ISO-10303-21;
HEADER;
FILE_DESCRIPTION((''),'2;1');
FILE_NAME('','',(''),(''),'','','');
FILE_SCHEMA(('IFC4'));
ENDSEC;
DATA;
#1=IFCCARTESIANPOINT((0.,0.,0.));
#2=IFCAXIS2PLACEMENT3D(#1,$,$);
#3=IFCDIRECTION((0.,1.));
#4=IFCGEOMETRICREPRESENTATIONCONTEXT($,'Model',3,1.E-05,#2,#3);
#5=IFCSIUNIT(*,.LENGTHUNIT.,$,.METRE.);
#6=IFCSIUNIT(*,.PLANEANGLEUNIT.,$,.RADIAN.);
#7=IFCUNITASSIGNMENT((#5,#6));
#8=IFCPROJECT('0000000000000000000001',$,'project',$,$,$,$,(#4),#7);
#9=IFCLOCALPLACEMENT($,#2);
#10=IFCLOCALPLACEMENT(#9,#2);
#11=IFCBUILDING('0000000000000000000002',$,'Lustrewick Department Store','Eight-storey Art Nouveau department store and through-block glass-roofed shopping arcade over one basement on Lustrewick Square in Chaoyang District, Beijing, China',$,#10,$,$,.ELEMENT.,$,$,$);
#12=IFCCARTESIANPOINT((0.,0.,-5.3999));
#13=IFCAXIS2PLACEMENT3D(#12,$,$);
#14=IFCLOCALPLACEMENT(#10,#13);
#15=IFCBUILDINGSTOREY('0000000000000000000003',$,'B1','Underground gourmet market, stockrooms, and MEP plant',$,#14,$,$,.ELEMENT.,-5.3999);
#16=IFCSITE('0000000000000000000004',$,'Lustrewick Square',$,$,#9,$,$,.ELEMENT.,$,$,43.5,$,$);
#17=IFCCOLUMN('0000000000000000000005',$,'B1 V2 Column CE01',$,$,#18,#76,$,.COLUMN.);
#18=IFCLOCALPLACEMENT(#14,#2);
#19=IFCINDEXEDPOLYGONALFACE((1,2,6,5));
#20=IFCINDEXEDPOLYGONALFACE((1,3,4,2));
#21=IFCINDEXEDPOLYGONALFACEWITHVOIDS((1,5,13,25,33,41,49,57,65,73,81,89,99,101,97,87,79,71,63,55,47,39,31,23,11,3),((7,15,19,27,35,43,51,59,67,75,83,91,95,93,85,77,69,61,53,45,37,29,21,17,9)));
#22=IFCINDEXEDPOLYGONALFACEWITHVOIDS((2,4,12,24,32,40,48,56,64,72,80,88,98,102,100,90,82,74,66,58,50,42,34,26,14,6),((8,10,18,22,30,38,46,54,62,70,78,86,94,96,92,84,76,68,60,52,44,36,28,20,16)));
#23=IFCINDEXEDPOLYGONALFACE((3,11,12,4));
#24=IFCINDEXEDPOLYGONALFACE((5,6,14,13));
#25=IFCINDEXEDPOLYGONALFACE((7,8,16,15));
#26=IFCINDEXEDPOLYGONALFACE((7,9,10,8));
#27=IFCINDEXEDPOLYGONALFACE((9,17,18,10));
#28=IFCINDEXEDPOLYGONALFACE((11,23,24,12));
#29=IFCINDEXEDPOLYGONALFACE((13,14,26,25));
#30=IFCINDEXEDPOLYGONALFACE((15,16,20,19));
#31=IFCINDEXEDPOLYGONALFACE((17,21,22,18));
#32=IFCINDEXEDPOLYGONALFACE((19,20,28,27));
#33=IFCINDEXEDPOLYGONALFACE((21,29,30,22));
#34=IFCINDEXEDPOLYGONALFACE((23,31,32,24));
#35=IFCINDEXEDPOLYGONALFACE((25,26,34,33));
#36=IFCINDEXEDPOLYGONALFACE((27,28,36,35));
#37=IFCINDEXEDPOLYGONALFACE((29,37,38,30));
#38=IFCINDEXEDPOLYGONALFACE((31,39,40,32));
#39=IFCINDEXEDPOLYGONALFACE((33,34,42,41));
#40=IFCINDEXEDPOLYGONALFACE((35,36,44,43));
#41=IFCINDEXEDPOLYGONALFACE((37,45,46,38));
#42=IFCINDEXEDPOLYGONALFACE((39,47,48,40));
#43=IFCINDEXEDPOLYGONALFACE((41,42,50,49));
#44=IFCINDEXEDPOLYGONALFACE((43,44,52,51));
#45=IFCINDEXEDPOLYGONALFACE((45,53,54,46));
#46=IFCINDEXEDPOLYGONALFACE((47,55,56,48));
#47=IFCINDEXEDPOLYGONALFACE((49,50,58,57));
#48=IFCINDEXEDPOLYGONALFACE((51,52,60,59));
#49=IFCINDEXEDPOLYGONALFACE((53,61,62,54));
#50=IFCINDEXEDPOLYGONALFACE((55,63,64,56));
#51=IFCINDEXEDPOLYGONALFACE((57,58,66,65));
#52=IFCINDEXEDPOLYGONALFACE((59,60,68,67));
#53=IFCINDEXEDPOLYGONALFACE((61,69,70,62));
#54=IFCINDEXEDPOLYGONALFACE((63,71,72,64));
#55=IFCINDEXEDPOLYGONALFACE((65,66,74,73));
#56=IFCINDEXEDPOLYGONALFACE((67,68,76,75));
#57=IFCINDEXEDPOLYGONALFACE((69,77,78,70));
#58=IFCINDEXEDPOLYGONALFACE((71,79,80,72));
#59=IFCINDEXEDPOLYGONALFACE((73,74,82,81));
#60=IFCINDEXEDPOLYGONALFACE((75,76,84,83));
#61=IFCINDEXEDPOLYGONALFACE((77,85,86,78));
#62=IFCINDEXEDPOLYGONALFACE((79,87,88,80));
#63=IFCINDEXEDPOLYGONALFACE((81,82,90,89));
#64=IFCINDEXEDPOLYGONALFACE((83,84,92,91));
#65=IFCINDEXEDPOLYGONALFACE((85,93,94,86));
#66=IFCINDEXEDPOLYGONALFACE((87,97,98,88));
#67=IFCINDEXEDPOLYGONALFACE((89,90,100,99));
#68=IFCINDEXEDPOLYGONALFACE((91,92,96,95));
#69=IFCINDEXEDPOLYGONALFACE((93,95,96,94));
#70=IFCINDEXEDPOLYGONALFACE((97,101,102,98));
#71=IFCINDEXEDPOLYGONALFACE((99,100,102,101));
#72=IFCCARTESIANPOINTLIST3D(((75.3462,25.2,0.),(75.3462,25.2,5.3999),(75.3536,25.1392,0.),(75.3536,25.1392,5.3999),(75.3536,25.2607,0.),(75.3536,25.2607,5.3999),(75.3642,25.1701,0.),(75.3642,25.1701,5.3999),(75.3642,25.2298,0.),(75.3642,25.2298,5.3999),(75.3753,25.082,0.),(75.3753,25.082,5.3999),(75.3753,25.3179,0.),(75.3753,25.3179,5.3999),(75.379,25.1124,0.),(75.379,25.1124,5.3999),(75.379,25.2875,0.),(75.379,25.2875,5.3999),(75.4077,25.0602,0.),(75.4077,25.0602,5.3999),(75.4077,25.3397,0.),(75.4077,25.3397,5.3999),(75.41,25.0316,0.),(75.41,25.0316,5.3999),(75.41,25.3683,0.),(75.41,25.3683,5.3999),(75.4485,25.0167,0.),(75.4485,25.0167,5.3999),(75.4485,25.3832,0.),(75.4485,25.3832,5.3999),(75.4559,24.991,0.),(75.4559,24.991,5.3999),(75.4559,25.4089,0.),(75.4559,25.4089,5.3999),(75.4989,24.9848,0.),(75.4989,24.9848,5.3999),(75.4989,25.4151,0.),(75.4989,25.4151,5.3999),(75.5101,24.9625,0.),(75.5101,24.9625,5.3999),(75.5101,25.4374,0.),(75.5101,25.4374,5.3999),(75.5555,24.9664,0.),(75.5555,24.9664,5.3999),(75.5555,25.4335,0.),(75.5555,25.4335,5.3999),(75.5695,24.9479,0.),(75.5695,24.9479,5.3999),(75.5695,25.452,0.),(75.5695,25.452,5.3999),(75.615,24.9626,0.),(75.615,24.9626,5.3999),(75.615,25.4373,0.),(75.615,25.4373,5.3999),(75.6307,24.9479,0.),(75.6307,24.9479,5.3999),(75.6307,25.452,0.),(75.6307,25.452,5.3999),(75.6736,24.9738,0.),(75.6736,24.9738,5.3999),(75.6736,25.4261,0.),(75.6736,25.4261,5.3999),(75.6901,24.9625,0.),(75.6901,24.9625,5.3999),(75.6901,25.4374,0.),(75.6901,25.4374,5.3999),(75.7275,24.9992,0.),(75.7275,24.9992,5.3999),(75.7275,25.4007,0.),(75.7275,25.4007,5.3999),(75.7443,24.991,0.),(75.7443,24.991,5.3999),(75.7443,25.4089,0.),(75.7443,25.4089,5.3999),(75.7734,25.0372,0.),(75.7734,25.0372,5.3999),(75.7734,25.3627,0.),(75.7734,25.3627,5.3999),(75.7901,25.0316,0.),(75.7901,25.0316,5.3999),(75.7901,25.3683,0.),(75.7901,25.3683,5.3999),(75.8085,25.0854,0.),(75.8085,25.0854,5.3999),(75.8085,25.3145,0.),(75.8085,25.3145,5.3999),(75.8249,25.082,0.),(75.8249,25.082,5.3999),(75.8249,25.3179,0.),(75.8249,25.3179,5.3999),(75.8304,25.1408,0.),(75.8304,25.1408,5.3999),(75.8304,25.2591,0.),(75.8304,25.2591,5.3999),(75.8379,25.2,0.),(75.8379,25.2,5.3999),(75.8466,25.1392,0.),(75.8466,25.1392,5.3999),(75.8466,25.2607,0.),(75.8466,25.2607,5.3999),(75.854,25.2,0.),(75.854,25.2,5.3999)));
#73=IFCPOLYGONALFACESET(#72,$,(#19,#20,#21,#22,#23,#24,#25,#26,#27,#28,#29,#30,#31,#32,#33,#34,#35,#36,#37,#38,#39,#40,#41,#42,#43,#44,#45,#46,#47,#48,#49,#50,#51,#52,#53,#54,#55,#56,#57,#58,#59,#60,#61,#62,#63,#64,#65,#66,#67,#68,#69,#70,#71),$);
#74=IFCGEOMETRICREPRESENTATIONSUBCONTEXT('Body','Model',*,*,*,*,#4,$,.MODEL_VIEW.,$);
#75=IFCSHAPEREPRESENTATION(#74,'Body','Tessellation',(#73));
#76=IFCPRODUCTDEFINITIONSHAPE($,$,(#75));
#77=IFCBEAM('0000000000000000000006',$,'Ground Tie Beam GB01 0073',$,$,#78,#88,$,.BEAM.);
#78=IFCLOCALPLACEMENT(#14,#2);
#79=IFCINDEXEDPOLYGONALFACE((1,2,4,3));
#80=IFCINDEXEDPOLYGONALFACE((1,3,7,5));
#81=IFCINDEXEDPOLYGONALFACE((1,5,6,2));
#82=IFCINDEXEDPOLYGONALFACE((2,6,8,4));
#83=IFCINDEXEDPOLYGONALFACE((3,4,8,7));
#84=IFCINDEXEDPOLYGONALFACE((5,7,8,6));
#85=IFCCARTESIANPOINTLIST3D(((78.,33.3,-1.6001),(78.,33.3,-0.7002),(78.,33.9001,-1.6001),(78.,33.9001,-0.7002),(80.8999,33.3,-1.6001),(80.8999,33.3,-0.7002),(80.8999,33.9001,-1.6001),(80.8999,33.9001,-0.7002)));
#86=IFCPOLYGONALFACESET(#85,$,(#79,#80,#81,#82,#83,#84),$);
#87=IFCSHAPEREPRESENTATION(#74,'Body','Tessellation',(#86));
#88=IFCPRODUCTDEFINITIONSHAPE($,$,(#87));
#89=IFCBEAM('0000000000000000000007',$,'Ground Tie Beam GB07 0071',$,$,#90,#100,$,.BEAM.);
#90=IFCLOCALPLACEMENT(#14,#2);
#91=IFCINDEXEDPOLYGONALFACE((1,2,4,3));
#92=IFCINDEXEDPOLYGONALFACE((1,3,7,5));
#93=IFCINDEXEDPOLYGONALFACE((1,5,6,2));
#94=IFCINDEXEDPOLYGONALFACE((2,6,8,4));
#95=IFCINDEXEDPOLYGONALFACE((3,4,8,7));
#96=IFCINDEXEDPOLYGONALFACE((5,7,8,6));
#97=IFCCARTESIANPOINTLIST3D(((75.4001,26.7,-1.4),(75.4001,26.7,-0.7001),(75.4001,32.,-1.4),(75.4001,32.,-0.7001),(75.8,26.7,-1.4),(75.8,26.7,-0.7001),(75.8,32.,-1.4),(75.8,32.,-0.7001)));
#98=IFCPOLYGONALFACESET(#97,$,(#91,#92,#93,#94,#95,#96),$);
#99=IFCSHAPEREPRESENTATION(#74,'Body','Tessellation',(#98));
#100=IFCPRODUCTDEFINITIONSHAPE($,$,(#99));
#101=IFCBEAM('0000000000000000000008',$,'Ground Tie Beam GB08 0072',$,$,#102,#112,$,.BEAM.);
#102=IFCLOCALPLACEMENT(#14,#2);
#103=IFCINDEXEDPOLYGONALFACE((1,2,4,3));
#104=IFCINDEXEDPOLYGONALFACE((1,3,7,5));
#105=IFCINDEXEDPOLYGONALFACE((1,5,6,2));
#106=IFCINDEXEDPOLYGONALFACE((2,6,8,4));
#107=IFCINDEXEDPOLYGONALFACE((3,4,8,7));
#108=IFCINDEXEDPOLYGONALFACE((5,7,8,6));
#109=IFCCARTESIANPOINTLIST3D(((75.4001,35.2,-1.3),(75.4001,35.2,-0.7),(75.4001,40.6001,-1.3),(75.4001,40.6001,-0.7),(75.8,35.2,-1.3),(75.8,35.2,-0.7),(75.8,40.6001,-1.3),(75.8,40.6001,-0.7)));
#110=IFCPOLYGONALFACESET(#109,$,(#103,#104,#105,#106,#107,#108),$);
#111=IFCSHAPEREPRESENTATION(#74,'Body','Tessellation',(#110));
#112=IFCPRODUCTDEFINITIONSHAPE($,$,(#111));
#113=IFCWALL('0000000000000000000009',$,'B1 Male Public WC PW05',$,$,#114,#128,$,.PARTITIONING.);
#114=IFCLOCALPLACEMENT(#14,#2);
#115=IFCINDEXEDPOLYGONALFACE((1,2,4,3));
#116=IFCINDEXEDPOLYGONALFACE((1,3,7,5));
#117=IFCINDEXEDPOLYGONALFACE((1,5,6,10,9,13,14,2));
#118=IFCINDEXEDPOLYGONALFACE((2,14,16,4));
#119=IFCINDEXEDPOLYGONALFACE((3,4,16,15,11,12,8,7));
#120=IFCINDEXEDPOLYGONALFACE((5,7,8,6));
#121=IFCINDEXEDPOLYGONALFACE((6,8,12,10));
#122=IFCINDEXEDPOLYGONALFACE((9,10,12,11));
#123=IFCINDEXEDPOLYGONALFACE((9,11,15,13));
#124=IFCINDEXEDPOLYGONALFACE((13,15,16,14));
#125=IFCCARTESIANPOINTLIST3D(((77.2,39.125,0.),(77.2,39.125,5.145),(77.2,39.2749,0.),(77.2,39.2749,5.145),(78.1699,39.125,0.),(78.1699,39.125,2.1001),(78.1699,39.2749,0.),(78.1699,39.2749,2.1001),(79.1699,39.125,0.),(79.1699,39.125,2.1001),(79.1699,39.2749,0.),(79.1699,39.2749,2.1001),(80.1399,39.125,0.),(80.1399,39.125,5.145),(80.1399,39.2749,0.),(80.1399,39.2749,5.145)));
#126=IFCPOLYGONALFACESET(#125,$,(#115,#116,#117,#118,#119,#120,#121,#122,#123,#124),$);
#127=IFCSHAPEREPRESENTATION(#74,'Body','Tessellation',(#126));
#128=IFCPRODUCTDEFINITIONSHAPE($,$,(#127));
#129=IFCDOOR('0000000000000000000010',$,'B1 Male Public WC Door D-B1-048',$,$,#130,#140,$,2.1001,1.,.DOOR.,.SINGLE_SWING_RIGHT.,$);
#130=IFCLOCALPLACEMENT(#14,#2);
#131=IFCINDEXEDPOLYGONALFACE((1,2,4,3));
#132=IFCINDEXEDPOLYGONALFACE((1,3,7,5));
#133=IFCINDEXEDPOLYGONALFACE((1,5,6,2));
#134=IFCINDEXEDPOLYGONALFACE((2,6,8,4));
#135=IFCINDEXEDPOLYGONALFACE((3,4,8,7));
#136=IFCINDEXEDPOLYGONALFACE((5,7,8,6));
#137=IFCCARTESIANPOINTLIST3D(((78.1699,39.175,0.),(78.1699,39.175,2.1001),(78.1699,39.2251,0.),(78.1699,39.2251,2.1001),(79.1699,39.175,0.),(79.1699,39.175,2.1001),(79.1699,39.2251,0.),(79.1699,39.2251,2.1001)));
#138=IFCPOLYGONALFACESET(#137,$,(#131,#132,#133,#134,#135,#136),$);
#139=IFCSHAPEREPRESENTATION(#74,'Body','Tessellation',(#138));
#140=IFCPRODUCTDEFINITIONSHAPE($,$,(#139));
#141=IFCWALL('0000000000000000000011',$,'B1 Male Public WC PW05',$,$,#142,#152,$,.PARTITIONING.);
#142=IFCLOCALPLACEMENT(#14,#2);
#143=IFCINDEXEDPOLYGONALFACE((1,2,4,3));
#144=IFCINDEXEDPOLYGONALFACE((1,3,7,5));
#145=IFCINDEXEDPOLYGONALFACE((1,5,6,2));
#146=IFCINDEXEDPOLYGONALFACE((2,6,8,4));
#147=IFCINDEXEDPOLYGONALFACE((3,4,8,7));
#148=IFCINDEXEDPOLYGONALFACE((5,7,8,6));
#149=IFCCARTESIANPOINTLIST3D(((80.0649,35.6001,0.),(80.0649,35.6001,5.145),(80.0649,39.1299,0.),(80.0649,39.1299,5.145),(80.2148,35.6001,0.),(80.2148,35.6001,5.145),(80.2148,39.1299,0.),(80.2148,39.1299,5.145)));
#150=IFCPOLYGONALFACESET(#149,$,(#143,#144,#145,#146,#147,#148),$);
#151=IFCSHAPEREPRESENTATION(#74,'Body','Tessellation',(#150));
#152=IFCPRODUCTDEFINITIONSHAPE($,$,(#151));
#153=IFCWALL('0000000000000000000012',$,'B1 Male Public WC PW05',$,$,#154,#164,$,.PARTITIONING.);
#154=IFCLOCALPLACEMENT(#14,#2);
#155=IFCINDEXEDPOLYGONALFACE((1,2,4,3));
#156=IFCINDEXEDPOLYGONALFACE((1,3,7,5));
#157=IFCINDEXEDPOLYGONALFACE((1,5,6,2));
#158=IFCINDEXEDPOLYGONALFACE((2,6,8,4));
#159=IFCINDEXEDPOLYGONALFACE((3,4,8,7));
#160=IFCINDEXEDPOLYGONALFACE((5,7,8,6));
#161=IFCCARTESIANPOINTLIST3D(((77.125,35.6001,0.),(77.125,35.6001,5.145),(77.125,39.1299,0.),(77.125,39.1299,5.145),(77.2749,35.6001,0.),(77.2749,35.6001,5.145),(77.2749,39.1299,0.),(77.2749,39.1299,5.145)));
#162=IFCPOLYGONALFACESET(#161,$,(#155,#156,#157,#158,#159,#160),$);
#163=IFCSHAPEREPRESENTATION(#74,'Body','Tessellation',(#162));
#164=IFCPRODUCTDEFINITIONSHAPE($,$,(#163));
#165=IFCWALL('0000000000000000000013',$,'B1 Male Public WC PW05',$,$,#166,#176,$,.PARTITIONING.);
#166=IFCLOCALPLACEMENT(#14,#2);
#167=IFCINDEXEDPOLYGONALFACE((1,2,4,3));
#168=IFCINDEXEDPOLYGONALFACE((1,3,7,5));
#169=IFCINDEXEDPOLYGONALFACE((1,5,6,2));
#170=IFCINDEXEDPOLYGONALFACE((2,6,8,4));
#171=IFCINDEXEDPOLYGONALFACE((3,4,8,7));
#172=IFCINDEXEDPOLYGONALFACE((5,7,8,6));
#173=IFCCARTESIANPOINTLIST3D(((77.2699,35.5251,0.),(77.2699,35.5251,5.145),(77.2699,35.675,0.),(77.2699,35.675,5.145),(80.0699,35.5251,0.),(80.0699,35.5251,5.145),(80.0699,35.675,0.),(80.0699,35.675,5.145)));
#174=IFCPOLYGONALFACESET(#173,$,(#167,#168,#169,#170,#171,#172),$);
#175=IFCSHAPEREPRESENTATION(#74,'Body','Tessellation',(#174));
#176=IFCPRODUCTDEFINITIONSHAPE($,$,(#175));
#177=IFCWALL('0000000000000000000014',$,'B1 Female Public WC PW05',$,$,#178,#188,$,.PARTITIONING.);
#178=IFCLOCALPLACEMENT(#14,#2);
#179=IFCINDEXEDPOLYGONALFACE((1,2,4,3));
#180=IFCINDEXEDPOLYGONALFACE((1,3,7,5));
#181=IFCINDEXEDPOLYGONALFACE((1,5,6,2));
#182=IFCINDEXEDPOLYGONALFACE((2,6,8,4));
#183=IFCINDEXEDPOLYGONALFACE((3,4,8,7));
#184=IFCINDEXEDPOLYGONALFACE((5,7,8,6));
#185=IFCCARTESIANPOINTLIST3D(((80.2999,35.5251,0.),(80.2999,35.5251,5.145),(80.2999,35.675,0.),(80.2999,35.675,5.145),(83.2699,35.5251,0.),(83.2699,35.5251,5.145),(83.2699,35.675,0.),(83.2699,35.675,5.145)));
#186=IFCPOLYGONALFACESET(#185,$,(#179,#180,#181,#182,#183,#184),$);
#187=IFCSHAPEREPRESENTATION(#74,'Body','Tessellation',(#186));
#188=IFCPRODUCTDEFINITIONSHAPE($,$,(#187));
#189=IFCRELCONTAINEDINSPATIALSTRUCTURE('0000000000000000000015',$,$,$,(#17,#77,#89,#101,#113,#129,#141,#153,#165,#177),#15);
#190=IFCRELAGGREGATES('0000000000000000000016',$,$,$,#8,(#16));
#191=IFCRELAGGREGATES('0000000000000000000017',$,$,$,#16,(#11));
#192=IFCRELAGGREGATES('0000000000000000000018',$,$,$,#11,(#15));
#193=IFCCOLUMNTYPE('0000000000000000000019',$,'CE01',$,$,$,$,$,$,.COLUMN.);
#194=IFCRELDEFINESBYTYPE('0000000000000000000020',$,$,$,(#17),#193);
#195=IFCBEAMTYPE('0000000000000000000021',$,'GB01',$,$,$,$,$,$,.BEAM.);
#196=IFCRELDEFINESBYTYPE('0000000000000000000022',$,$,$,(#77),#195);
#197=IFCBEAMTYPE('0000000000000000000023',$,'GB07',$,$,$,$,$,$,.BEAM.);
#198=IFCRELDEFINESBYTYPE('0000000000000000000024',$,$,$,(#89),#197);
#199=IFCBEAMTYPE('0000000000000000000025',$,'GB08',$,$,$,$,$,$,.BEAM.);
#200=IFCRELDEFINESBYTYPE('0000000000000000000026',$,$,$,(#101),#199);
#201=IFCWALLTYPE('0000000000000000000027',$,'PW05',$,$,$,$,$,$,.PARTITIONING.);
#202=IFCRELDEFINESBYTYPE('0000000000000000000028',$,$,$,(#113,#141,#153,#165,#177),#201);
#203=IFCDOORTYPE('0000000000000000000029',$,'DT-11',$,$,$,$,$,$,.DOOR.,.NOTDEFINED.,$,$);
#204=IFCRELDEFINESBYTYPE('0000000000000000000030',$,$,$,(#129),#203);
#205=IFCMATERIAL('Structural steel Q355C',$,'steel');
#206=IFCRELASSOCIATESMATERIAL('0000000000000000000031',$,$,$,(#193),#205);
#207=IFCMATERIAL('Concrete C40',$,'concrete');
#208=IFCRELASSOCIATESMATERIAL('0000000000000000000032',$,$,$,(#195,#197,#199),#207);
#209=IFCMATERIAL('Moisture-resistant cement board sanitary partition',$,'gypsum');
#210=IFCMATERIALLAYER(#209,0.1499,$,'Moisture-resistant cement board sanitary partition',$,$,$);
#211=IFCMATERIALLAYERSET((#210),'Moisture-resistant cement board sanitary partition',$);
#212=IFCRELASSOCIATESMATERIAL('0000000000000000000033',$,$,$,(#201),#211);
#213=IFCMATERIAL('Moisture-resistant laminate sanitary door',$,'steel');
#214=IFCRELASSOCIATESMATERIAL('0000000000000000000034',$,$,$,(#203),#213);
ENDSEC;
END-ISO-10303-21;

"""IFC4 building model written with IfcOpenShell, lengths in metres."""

from ifc_helpers import new_model, si_unit, direction, frame, frame_2d, origin, origin_2d, place, context, subcontext, project, spatial, rectangle, hollow_circle, extrude, material, layer, layer_set, material_profile, profile_set, type_object, element, fill, save


model = new_model("IFC4")

# Units and contexts
model_context = context("Model", 3, precision=1e-05, world=origin(), true_north=direction((0.0, 1.0)))
body_context = subcontext(model_context, "Body", "Model", "MODEL_VIEW")
ifc_project = project(units=[si_unit("LENGTHUNIT", "METRE"), si_unit("PLANEANGLEUNIT", "RADIAN")], contexts=[model_context])

# Site, building, storey
site_placement = place(None, origin())
site = spatial("IfcSite", under=ifc_project, at=site_placement, Name="Lustrewick Square", CompositionType="ELEMENT", RefElevation=43.5)
building_placement = place(site_placement, origin())
building = spatial("IfcBuilding", under=site, at=building_placement, Name="Lustrewick Department Store", Description="Eight-storey Art Nouveau department store and through-block glass-roofed shopping arcade over one basement on Lustrewick Square in Chaoyang District, Beijing, China", CompositionType="ELEMENT")
storey_placement = place(building_placement, frame((0.0, 0.0, -5.3999)))
storey = spatial("IfcBuildingStorey", under=building, at=storey_placement, Name="B1", Description="Underground gourmet market, stockrooms, and MEP plant", CompositionType="ELEMENT", Elevation=-5.3999)

# Shared definitions
ifc_material_1 = material(Name="Concrete C40", Category="concrete")

# Column
ifc_material_2 = material(Name="Structural steel Q355C", Category="steel")
ifc_material_profile_1 = material_profile(ifc_material_2, hollow_circle(Radius=0.2539, WallThickness=0.0161, at=origin_2d()), Name="CHS 508x16")
ifc_profile_set_1 = profile_set([ifc_material_profile_1], Name="Structural steel Q355C")
column_type_1 = type_object("IfcColumnType", Name="CE01", PredefinedType="COLUMN", material=ifc_profile_set_1)
column_1_placement = place(storey_placement, frame((75.6001, 25.2, 0.0), z_axis=(0.0, 0.0, 1.0), x_axis=(1.0, 0.0, 0.0)))
element("IfcColumn", 1, at=column_1_placement, inside=storey, type_object=column_type_1, Name="B1 V2 Column CE01", PredefinedType="COLUMN", context=body_context, shape_type="SweptSolid", body=[
    extrude(hollow_circle(Radius=0.2539, WallThickness=0.0161, at=origin_2d()), origin(), (0.0, 0.0, 1.0), 5.3999),
])

# Beams
ifc_material_profile_2 = material_profile(ifc_material_1, rectangle(XDim=0.6001, YDim=0.8999, at=origin_2d()), Name="RC 600x900")
ifc_profile_set_2 = profile_set([ifc_material_profile_2], Name="Concrete C40")
beam_type_1 = type_object("IfcBeamType", Name="GB01", PredefinedType="BEAM", material=ifc_profile_set_2)
beam_1_placement = place(storey_placement, frame((78.0, 33.6001, -1.1501), z_axis=(1.0, 0.0, 0.0), x_axis=(0.0, 1.0, 0.0)))
element("IfcBeam", 2, at=beam_1_placement, inside=storey, type_object=beam_type_1, Name="Ground Tie Beam GB01 0073", PredefinedType="BEAM", context=body_context, shape_type="SweptSolid", body=[
    extrude(rectangle(XDim=0.6001, YDim=0.8999, at=origin_2d()), origin(), (0.0, 0.0, 1.0), 2.8999),
])
ifc_material_profile_3 = material_profile(ifc_material_1, rectangle(XDim=0.3999, YDim=0.7, at=origin_2d()), Name="RC 400x700")
ifc_profile_set_3 = profile_set([ifc_material_profile_3], Name="Concrete C40")
beam_type_2 = type_object("IfcBeamType", Name="GB07", PredefinedType="BEAM", material=ifc_profile_set_3)
beam_2_placement = place(storey_placement, frame((75.6001, 26.7, -1.05), z_axis=(0.0, 1.0, 0.0), x_axis=(-1.0, 0.0, 0.0)))
element("IfcBeam", 3, at=beam_2_placement, inside=storey, type_object=beam_type_2, Name="Ground Tie Beam GB07 0071", PredefinedType="BEAM", context=body_context, shape_type="SweptSolid", body=[
    extrude(rectangle(XDim=0.3999, YDim=0.7, at=origin_2d()), origin(), (0.0, 0.0, 1.0), 5.3),
])
ifc_material_profile_4 = material_profile(ifc_material_1, rectangle(XDim=0.3999, YDim=0.6001, at=origin_2d()), Name="RC 400x600")
ifc_profile_set_4 = profile_set([ifc_material_profile_4], Name="Concrete C40")
beam_type_3 = type_object("IfcBeamType", Name="GB08", PredefinedType="BEAM", material=ifc_profile_set_4)
beam_3_placement = place(storey_placement, frame((75.6001, 35.2, -1.0), z_axis=(0.0, 1.0, 0.0), x_axis=(-1.0, 0.0, 0.0)))
element("IfcBeam", 4, at=beam_3_placement, inside=storey, type_object=beam_type_3, Name="Ground Tie Beam GB08 0072", PredefinedType="BEAM", context=body_context, shape_type="SweptSolid", body=[
    extrude(rectangle(XDim=0.3999, YDim=0.6001, at=origin_2d()), origin(), (0.0, 0.0, 1.0), 5.4001),
])

# Wall, opening, door
ifc_material_3 = material(Name="Moisture-resistant cement board sanitary partition", Category="gypsum")
ifc_layer_1 = layer(ifc_material_3, 0.1499, Name="Moisture-resistant cement board sanitary partition")
ifc_layer_set_1 = layer_set([ifc_layer_1], Name="Moisture-resistant cement board sanitary partition")
wall_type_1 = type_object("IfcWallType", Name="PW05", PredefinedType="PARTITIONING", material=ifc_layer_set_1)
wall_1_placement = place(storey_placement, frame((80.1399, 39.2, 0.0), z_axis=(0.0, 0.0, 1.0), x_axis=(-1.0, 0.0, 0.0)))
wall_1 = element("IfcWall", 5, at=wall_1_placement, inside=storey, type_object=wall_type_1, Name="B1 Male Public WC PW05", PredefinedType="PARTITIONING", context=body_context, shape_type="SweptSolid", body=[
    extrude(rectangle(XDim=2.9399, YDim=0.1499, at=frame_2d((1.47, 0.0))), origin(), (0.0, 0.0, 1.0), 5.145),
])
opening_placement = place(wall_1_placement, frame((0.97, 0.0, 0.0)))
opening = element("IfcOpeningElement", 6, at=opening_placement, cuts=wall_1, PredefinedType="OPENING", context=body_context, shape_type="SweptSolid", body=[
    extrude(rectangle(XDim=1.0, YDim=2.1001, at=frame_2d((0.5, 1.05))), frame((0.0, 0.085, 0.0), z_axis=(0.0, -1.0, 0.0), x_axis=(1.0, 0.0, 0.0)), (0.0, 0.0, 1.0), 0.1699),
])
ifc_material_4 = material(Name="Moisture-resistant laminate sanitary door", Category="steel")
door_type = type_object("IfcDoorType", Name="DT-11", OperationType="NOTDEFINED", PredefinedType="DOOR", material=ifc_material_4)
door_placement = place(opening_placement, origin())
door = element("IfcDoor", 7, at=door_placement, inside=storey, type_object=door_type, Name="B1 Male Public WC Door D-B1-048", OperationType="SINGLE_SWING_RIGHT", OverallHeight=2.1001, OverallWidth=1.0, PredefinedType="DOOR", context=body_context, shape_type="SweptSolid", body=[
    extrude(rectangle(XDim=1.0, YDim=2.1001, at=frame_2d((0.5, 1.05))), frame((0.0, 0.0249, 0.0), z_axis=(0.0, -1.0, 0.0), x_axis=(1.0, 0.0, 0.0)), (0.0, 0.0, 1.0), 0.05),
])
fill(opening, door)

# Walls
for number, where, z_axis, x_axis, name in (
    (8, (80.1399, 35.6001, 0.0), (0.0, 0.0, 1.0), (0.0, 1.0, 0.0), "B1 Male Public WC PW05"),
    (9, (77.2, 39.1299, 0.0), (0.0, 0.0, 1.0), (0.0, -1.0, 0.0), "B1 Male Public WC PW05"),
):
    element("IfcWall", number, at=place(storey_placement, frame(where, z_axis=z_axis, x_axis=x_axis)), inside=storey, type_object=wall_type_1, Name=name, PredefinedType="PARTITIONING", context=body_context, shape_type="SweptSolid", body=[
        extrude(rectangle(XDim=3.5298, YDim=0.1499, at=frame_2d((1.7649, 0.0))), origin(), (0.0, 0.0, 1.0), 5.145),
    ])
wall_2_placement = place(storey_placement, frame((77.27, 35.6001, 0.0), z_axis=(0.0, 0.0, 1.0), x_axis=(1.0, 0.0, 0.0)))
element("IfcWall", 10, at=wall_2_placement, inside=storey, type_object=wall_type_1, Name="B1 Male Public WC PW05", PredefinedType="PARTITIONING", context=body_context, shape_type="SweptSolid", body=[
    extrude(rectangle(XDim=2.8, YDim=0.1499, at=frame_2d((1.3999, 0.0))), origin(), (0.0, 0.0, 1.0), 5.145),
])
wall_3_placement = place(storey_placement, frame((80.3, 35.6001, 0.0), z_axis=(0.0, 0.0, 1.0), x_axis=(1.0, 0.0, 0.0)))
element("IfcWall", 11, at=wall_3_placement, inside=storey, type_object=wall_type_1, Name="B1 Female Public WC PW05", PredefinedType="PARTITIONING", context=body_context, shape_type="SweptSolid", body=[
    extrude(rectangle(XDim=2.97, YDim=0.1499, at=frame_2d((1.4849, 0.0))), origin(), (0.0, 0.0, 1.0), 5.145),
])

save(model, "model.ifc")
